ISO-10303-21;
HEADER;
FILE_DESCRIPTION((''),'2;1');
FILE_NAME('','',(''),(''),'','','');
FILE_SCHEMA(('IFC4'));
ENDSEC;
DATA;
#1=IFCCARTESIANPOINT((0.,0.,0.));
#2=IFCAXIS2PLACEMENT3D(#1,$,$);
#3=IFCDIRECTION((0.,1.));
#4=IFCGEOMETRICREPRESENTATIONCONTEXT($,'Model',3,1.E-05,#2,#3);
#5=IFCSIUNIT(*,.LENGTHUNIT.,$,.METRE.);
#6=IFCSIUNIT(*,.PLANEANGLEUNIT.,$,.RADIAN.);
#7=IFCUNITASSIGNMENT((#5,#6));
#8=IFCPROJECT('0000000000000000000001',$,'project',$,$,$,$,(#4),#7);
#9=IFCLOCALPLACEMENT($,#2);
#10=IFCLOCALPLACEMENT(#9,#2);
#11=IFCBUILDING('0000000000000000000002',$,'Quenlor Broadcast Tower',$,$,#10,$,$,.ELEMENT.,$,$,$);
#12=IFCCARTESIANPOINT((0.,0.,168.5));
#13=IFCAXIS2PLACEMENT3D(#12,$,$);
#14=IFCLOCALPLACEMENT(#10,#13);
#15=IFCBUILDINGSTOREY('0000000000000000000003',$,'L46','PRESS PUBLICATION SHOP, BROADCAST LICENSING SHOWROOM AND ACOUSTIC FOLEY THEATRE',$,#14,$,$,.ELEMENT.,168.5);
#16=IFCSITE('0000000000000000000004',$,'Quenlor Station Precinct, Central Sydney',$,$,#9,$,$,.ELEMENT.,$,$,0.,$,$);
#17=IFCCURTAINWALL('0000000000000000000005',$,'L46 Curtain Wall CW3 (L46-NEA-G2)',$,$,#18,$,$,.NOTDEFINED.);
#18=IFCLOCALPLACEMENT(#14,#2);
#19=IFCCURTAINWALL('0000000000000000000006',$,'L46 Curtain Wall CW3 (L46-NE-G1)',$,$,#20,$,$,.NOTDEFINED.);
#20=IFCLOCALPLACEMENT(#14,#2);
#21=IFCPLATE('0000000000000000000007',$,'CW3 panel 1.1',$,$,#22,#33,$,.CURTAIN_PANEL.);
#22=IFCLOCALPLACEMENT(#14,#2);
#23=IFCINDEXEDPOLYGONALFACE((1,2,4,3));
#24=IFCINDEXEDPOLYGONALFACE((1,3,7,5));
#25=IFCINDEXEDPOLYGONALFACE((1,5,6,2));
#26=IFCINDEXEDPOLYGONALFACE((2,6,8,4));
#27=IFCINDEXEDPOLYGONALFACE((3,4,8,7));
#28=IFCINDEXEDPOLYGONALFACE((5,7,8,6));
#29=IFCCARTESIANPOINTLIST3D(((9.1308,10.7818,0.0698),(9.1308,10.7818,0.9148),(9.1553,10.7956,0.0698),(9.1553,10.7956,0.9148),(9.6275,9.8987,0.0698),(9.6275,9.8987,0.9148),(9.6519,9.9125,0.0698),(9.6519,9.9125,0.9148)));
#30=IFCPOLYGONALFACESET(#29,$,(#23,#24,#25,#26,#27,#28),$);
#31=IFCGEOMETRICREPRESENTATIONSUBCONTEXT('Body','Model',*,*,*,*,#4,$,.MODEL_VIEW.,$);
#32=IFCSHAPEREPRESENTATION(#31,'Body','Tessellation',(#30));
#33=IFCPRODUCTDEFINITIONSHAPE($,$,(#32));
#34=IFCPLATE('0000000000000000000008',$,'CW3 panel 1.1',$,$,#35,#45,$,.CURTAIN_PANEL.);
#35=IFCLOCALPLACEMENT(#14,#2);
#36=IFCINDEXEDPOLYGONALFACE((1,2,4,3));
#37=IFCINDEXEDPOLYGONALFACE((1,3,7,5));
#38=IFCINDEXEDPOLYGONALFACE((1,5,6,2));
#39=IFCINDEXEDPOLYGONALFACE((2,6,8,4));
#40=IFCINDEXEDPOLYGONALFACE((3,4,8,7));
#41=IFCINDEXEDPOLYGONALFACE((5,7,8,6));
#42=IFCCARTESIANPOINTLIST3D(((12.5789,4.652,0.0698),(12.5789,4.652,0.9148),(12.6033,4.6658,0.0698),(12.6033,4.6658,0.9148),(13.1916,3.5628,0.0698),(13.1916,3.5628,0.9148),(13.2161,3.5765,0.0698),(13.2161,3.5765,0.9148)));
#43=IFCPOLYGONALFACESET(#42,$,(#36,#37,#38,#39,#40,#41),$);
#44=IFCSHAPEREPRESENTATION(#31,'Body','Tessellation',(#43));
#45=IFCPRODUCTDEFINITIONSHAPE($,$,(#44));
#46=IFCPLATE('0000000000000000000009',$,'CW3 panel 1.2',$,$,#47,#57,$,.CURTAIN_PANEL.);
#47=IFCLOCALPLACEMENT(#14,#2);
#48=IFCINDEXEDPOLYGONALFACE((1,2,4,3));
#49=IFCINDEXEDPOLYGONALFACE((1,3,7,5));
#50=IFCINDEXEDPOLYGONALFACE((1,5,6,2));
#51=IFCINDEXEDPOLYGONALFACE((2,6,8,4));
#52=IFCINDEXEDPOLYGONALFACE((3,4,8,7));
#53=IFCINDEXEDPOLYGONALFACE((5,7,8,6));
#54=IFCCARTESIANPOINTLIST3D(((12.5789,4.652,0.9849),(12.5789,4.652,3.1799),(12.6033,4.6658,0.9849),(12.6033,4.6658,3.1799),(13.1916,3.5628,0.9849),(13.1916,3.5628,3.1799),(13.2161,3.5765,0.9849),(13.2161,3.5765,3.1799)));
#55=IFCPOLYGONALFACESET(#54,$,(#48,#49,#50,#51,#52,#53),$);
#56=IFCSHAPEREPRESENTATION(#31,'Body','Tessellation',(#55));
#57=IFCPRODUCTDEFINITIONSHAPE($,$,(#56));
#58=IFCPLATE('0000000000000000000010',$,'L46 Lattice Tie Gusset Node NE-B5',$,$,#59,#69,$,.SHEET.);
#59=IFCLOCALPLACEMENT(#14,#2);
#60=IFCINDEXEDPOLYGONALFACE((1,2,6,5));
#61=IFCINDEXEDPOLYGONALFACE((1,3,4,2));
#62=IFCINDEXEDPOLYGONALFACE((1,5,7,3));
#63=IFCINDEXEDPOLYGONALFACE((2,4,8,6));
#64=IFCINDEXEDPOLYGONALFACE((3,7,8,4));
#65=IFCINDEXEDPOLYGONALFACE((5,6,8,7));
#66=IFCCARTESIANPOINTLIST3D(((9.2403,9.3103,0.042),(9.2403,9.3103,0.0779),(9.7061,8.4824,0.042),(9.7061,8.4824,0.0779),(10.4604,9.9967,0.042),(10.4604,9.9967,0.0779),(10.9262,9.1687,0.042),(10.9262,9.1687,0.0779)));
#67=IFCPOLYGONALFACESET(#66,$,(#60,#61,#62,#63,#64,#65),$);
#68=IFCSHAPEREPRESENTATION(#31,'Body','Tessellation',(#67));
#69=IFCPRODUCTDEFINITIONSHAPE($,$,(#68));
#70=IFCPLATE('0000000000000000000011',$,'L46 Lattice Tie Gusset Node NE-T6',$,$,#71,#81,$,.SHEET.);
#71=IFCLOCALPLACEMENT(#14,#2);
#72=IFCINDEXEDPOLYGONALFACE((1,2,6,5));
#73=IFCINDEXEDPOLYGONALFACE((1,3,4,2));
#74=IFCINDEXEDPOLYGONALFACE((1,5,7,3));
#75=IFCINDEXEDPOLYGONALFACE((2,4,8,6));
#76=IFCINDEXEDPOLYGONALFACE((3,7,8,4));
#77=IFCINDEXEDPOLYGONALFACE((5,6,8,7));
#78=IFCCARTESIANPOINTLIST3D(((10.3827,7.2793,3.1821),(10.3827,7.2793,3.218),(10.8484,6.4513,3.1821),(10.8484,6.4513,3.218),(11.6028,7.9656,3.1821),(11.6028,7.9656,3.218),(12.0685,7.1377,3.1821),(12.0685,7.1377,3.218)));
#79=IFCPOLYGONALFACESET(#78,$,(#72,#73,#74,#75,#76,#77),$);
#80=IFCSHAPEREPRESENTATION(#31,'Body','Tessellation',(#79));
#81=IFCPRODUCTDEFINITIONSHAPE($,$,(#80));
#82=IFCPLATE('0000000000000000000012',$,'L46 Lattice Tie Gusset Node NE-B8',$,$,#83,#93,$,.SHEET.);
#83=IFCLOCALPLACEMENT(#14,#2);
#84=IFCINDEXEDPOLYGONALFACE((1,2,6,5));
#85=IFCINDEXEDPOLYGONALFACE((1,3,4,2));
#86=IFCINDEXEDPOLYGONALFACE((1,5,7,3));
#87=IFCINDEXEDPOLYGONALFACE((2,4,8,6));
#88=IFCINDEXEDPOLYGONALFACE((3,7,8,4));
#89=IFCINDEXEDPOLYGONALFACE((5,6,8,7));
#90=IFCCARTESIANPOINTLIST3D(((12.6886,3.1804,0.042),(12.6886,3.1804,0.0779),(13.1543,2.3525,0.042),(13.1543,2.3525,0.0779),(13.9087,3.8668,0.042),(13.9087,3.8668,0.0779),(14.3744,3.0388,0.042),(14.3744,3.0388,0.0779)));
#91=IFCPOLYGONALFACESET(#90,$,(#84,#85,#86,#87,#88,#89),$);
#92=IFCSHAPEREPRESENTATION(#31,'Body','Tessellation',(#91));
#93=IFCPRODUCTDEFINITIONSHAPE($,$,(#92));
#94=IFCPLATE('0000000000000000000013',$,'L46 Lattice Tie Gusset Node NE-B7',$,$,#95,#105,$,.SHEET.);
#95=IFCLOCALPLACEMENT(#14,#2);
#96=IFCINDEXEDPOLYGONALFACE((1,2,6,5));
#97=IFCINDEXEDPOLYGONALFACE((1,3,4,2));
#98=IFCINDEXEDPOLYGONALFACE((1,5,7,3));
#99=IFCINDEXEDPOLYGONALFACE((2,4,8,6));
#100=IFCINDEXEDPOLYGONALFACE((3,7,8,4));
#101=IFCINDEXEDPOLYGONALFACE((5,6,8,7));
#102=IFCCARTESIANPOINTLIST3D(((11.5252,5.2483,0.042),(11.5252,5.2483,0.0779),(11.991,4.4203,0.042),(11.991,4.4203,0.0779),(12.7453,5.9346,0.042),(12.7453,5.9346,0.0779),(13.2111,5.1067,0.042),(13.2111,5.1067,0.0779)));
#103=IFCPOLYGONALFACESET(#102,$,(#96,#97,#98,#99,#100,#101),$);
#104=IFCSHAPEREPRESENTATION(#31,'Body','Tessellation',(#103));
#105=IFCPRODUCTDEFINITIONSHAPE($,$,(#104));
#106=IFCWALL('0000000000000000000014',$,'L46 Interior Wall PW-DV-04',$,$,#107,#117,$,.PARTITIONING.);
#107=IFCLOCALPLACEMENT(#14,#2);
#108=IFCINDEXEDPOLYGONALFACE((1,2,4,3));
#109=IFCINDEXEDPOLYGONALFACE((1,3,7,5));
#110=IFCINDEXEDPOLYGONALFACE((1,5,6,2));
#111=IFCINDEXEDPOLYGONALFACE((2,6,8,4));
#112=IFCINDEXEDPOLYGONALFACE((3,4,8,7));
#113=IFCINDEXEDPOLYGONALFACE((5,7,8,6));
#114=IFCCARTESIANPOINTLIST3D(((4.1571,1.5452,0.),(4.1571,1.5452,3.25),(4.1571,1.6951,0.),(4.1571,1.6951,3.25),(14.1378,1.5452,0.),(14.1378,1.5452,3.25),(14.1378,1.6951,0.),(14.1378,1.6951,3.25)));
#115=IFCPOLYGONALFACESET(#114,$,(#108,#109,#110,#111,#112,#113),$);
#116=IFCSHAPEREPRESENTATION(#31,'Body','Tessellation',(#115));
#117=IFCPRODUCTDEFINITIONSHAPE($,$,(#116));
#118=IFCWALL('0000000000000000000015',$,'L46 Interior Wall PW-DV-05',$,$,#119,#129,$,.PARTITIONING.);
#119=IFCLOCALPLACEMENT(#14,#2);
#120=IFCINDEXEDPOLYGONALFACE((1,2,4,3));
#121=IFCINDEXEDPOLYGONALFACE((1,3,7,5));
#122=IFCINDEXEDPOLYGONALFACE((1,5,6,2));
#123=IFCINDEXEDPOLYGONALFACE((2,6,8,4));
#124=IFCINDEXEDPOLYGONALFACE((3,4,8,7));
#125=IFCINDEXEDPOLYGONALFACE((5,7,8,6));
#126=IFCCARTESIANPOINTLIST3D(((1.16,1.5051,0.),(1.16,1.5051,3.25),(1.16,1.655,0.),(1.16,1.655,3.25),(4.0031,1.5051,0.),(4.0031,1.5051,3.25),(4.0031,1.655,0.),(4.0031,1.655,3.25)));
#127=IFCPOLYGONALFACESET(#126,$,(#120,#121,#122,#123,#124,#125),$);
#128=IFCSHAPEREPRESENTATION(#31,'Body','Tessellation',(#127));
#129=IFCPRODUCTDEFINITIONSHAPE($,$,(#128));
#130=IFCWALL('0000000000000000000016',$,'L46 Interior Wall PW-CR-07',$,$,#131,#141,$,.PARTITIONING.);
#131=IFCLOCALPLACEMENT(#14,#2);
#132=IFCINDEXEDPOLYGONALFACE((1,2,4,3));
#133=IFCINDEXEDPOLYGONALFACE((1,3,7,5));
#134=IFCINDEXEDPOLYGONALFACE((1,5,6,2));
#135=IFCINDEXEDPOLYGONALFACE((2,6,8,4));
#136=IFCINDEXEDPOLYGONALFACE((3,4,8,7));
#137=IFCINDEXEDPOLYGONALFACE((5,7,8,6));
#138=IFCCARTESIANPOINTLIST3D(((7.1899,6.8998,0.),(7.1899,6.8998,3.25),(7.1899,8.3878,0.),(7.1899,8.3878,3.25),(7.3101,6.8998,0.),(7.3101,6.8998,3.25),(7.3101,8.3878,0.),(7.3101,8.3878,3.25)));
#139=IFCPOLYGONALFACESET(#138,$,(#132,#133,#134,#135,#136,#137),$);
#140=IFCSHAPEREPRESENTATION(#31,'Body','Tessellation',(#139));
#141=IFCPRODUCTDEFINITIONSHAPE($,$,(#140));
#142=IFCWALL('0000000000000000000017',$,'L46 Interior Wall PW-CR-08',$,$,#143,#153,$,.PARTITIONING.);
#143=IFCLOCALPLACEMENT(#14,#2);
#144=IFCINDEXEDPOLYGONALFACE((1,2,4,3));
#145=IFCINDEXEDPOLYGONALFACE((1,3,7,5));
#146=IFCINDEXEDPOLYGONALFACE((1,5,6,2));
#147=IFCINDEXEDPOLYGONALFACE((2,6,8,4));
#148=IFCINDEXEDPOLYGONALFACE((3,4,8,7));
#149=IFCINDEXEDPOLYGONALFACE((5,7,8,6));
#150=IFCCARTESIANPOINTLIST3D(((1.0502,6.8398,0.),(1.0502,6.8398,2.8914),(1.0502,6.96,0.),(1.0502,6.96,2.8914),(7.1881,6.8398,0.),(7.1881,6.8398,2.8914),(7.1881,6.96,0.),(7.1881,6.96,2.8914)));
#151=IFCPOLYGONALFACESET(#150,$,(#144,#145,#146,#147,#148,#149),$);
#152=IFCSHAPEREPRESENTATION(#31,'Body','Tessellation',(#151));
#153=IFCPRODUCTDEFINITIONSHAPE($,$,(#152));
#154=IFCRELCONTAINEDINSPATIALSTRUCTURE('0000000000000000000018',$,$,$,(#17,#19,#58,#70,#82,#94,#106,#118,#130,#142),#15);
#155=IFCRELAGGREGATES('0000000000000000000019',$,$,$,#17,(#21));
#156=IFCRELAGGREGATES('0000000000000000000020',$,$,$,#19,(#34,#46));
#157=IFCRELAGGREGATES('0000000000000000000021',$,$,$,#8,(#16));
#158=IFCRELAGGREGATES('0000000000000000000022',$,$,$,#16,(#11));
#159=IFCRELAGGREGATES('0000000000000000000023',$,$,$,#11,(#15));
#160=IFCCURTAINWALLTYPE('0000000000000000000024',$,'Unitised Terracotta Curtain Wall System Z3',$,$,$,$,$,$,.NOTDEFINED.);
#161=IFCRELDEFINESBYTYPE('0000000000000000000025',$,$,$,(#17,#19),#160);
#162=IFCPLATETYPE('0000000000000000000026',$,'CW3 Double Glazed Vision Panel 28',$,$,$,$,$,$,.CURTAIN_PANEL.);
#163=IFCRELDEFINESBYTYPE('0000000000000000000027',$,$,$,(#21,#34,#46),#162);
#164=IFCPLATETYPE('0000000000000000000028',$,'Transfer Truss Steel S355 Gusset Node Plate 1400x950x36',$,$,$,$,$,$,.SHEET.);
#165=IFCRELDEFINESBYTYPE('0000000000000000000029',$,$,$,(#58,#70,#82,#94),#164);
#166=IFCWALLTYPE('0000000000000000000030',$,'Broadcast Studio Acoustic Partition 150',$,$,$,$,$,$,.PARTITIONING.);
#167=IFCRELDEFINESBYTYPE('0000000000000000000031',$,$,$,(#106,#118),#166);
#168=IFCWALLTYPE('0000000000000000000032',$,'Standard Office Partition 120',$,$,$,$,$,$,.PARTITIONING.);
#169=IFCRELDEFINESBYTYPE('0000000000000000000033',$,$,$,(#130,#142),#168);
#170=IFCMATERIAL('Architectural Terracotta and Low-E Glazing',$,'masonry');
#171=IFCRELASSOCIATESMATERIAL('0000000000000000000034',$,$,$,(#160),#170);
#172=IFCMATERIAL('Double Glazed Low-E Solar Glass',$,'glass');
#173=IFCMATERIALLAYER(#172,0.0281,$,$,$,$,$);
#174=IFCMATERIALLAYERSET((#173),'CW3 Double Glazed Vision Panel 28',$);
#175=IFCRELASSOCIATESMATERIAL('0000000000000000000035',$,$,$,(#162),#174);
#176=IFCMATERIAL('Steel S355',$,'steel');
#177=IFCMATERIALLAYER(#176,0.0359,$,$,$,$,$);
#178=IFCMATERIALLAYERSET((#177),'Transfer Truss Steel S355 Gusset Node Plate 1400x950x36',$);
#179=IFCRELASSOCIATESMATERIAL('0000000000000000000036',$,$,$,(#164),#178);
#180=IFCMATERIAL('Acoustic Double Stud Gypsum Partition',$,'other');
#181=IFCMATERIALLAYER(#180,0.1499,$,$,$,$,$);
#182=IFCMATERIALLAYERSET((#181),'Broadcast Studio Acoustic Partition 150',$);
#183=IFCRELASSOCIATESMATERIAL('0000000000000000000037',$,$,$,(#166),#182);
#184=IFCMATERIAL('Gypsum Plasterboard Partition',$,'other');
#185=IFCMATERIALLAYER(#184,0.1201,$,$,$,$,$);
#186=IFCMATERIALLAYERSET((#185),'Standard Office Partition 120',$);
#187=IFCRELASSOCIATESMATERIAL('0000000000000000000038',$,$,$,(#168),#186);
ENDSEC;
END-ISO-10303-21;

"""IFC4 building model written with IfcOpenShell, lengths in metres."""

from ifc_helpers import new_model, si_unit, direction, frame, frame_2d, origin, origin_2d, place, context, subcontext, project, spatial, rectangle, extrude, material, layer, layer_set, type_object, element, aggregate, save


model = new_model("IFC4")

# Units and contexts
model_context = context("Model", 3, precision=1e-05, world=origin(), true_north=direction((0.0, 1.0)))
body_context = subcontext(model_context, "Body", "Model", "MODEL_VIEW")
ifc_project = project(units=[si_unit("LENGTHUNIT", "METRE"), si_unit("PLANEANGLEUNIT", "RADIAN")], contexts=[model_context])

# Site, building, storey
site_placement = place(None, origin())
site = spatial("IfcSite", under=ifc_project, at=site_placement, Name="Quenlor Station Precinct, Central Sydney", CompositionType="ELEMENT", RefElevation=0.0)
building_placement = place(site_placement, origin())
building = spatial("IfcBuilding", under=site, at=building_placement, Name="Quenlor Broadcast Tower", CompositionType="ELEMENT")
storey_placement = place(building_placement, frame((0.0, 0.0, 168.5)))
storey = spatial("IfcBuildingStorey", under=building, at=storey_placement, Name="L46", Description="PRESS PUBLICATION SHOP, BROADCAST LICENSING SHOWROOM AND ACOUSTIC FOLEY THEATRE", CompositionType="ELEMENT", Elevation=168.5)

# Curtain wall
ifc_material_1 = material(Name="Architectural Terracotta and Low-E Glazing", Category="masonry")
curtain_wall_type = type_object("IfcCurtainWallType", Name="Unitised Terracotta Curtain Wall System Z3", PredefinedType="NOTDEFINED", material=ifc_material_1)
curtain_wall_1_placement = place(storey_placement, origin())
curtain_wall_1 = element("IfcCurtainWall", 1, at=curtain_wall_1_placement, inside=storey, type_object=curtain_wall_type, Name="L46 Curtain Wall CW3 (L46-NEA-G2)", PredefinedType="NOTDEFINED")

# Curtain wall
curtain_wall_2_placement = place(storey_placement, origin())
curtain_wall_2 = element("IfcCurtainWall", 2, at=curtain_wall_2_placement, inside=storey, type_object=curtain_wall_type, Name="L46 Curtain Wall CW3 (L46-NE-G1)", PredefinedType="NOTDEFINED")

# Plates
ifc_material_2 = material(Name="Double Glazed Low-E Solar Glass", Category="glass")
ifc_layer_1 = layer(ifc_material_2, 0.0281)
ifc_layer_set_1 = layer_set([ifc_layer_1], Name="CW3 Double Glazed Vision Panel 28")
plate_type_1 = type_object("IfcPlateType", Name="CW3 Double Glazed Vision Panel 28", PredefinedType="CURTAIN_PANEL", material=ifc_layer_set_1)
plate_1_placement = place(storey_placement, frame((9.3914, 10.3472, 0.0698), z_axis=(0.0, 0.0, 1.0), x_axis=(0.490216, -0.871601, 0.0)))
plate_1 = element("IfcPlate", 3, at=plate_1_placement, type_object=plate_type_1, Name="CW3 panel 1.1", PredefinedType="CURTAIN_PANEL", context=body_context, shape_type="SweptSolid", body=[
    extrude(rectangle(XDim=1.0132, YDim=0.0281, at=origin_2d()), origin(), (0.0, 0.0, 1.0), 0.845),
])
aggregate(curtain_wall_1, [plate_1])
plate_2_placement = place(storey_placement, frame((12.8975, 4.1143, 0.0698), z_axis=(0.0, 0.0, 1.0), x_axis=(0.490285, -0.871562, 0.0)))
plate_2 = element("IfcPlate", 4, at=plate_2_placement, type_object=plate_type_1, Name="CW3 panel 1.1", PredefinedType="CURTAIN_PANEL", context=body_context, shape_type="SweptSolid", body=[
    extrude(rectangle(XDim=1.2498, YDim=0.0281, at=origin_2d()), origin(), (0.0, 0.0, 1.0), 0.845),
])
plate_3_placement = place(storey_placement, frame((12.8975, 4.1143, 0.9849), z_axis=(0.0, 0.0, 1.0), x_axis=(0.490285, -0.871562, 0.0)))
plate_3 = element("IfcPlate", 5, at=plate_3_placement, type_object=plate_type_1, Name="CW3 panel 1.2", PredefinedType="CURTAIN_PANEL", context=body_context, shape_type="SweptSolid", body=[
    extrude(rectangle(XDim=1.2498, YDim=0.0281, at=origin_2d()), origin(), (0.0, 0.0, 1.0), 2.1951),
])
aggregate(curtain_wall_2, [plate_2, plate_3])

# Plates
ifc_material_3 = material(Name="Steel S355", Category="steel")
ifc_layer_2 = layer(ifc_material_3, 0.0359)
ifc_layer_set_2 = layer_set([ifc_layer_2], Name="Transfer Truss Steel S355 Gusset Node Plate 1400x950x36")
plate_type_2 = type_object("IfcPlateType", Name="Transfer Truss Steel S355 Gusset Node Plate 1400x950x36", PredefinedType="SHEET", material=ifc_layer_set_2)
for number, where, z_axis, x_axis, name in (
    (6, (10.0833, 9.2395, 0.042), (0.0, 0.0, 1.0), (0.871556, 0.490295, 0.0), "L46 Lattice Tie Gusset Node NE-B5"),
    (7, (11.2256, 7.2085, 3.1821), (0.0, 0.0, 1.0), (0.871556, 0.490295, 0.0), "L46 Lattice Tie Gusset Node NE-T6"),
    (8, (13.5315, 3.1096, 0.042), (0.0, 0.0, 1.0), (0.871556, 0.490295, 0.0), "L46 Lattice Tie Gusset Node NE-B8"),
    (9, (12.3682, 5.1775, 0.042), (0.0, 0.0, 1.0), (0.871556, 0.490295, 0.0), "L46 Lattice Tie Gusset Node NE-B7"),
):
    element("IfcPlate", number, at=place(storey_placement, frame(where, z_axis=z_axis, x_axis=x_axis)), inside=storey, type_object=plate_type_2, Name=name, PredefinedType="SHEET", context=body_context, shape_type="SweptSolid", body=[
        extrude(rectangle(XDim=1.3999, YDim=0.95, at=origin_2d()), origin(), (0.0, 0.0, 1.0), 0.0359),
    ])

# Walls
ifc_material_4 = material(Name="Acoustic Double Stud Gypsum Partition", Category="other")
ifc_layer_3 = layer(ifc_material_4, 0.1499)
ifc_layer_set_3 = layer_set([ifc_layer_3], Name="Broadcast Studio Acoustic Partition 150")
wall_type_1 = type_object("IfcWallType", Name="Broadcast Studio Acoustic Partition 150", PredefinedType="PARTITIONING", material=ifc_layer_set_3)
wall_1_placement = place(storey_placement, frame((14.1377, 1.6201, 0.0), z_axis=(0.0, 0.0, 1.0), x_axis=(-1.0, 0.0, 0.0)))
element("IfcWall", 10, at=wall_1_placement, inside=storey, type_object=wall_type_1, Name="L46 Interior Wall PW-DV-04", PredefinedType="PARTITIONING", context=body_context, shape_type="SweptSolid", body=[
    extrude(rectangle(XDim=9.9807, YDim=0.1499, at=frame_2d((4.9902, 0.0))), origin(), (0.0, 0.0, 1.0), 3.25),
])
wall_2_placement = place(storey_placement, frame((4.0029, 1.5801, 0.0), z_axis=(0.0, 0.0, 1.0), x_axis=(-1.0, 0.0, 0.0)))
element("IfcWall", 11, at=wall_2_placement, inside=storey, type_object=wall_type_1, Name="L46 Interior Wall PW-DV-05", PredefinedType="PARTITIONING", context=body_context, shape_type="SweptSolid", body=[
    extrude(rectangle(XDim=2.843, YDim=0.1499, at=frame_2d((1.4214, 0.0))), origin(), (0.0, 0.0, 1.0), 3.25),
])
ifc_material_5 = material(Name="Gypsum Plasterboard Partition", Category="other")
ifc_layer_4 = layer(ifc_material_5, 0.1201)
ifc_layer_set_4 = layer_set([ifc_layer_4], Name="Standard Office Partition 120")
wall_type_2 = type_object("IfcWallType", Name="Standard Office Partition 120", PredefinedType="PARTITIONING", material=ifc_layer_set_4)
wall_3_placement = place(storey_placement, frame((7.25, 8.3879, 0.0), z_axis=(0.0, 0.0, 1.0), x_axis=(0.0, -1.0, 0.0)))
element("IfcWall", 12, at=wall_3_placement, inside=storey, type_object=wall_type_2, Name="L46 Interior Wall PW-CR-07", PredefinedType="PARTITIONING", context=body_context, shape_type="SweptSolid", body=[
    extrude(rectangle(XDim=1.488, YDim=0.1201, at=frame_2d((0.7441, 0.0))), origin(), (0.0, 0.0, 1.0), 3.25),
])
wall_4_placement = place(storey_placement, frame((7.188, 6.8999, 0.0), z_axis=(0.0, 0.0, 1.0), x_axis=(-1.0, 0.0, 0.0)))
element("IfcWall", 13, at=wall_4_placement, inside=storey, type_object=wall_type_2, Name="L46 Interior Wall PW-CR-08", PredefinedType="PARTITIONING", context=body_context, shape_type="SweptSolid", body=[
    extrude(rectangle(XDim=6.1379, YDim=0.1201, at=frame_2d((3.0688, 0.0))), origin(), (0.0, 0.0, 1.0), 2.8914),
])

save(model, "model.ifc")
